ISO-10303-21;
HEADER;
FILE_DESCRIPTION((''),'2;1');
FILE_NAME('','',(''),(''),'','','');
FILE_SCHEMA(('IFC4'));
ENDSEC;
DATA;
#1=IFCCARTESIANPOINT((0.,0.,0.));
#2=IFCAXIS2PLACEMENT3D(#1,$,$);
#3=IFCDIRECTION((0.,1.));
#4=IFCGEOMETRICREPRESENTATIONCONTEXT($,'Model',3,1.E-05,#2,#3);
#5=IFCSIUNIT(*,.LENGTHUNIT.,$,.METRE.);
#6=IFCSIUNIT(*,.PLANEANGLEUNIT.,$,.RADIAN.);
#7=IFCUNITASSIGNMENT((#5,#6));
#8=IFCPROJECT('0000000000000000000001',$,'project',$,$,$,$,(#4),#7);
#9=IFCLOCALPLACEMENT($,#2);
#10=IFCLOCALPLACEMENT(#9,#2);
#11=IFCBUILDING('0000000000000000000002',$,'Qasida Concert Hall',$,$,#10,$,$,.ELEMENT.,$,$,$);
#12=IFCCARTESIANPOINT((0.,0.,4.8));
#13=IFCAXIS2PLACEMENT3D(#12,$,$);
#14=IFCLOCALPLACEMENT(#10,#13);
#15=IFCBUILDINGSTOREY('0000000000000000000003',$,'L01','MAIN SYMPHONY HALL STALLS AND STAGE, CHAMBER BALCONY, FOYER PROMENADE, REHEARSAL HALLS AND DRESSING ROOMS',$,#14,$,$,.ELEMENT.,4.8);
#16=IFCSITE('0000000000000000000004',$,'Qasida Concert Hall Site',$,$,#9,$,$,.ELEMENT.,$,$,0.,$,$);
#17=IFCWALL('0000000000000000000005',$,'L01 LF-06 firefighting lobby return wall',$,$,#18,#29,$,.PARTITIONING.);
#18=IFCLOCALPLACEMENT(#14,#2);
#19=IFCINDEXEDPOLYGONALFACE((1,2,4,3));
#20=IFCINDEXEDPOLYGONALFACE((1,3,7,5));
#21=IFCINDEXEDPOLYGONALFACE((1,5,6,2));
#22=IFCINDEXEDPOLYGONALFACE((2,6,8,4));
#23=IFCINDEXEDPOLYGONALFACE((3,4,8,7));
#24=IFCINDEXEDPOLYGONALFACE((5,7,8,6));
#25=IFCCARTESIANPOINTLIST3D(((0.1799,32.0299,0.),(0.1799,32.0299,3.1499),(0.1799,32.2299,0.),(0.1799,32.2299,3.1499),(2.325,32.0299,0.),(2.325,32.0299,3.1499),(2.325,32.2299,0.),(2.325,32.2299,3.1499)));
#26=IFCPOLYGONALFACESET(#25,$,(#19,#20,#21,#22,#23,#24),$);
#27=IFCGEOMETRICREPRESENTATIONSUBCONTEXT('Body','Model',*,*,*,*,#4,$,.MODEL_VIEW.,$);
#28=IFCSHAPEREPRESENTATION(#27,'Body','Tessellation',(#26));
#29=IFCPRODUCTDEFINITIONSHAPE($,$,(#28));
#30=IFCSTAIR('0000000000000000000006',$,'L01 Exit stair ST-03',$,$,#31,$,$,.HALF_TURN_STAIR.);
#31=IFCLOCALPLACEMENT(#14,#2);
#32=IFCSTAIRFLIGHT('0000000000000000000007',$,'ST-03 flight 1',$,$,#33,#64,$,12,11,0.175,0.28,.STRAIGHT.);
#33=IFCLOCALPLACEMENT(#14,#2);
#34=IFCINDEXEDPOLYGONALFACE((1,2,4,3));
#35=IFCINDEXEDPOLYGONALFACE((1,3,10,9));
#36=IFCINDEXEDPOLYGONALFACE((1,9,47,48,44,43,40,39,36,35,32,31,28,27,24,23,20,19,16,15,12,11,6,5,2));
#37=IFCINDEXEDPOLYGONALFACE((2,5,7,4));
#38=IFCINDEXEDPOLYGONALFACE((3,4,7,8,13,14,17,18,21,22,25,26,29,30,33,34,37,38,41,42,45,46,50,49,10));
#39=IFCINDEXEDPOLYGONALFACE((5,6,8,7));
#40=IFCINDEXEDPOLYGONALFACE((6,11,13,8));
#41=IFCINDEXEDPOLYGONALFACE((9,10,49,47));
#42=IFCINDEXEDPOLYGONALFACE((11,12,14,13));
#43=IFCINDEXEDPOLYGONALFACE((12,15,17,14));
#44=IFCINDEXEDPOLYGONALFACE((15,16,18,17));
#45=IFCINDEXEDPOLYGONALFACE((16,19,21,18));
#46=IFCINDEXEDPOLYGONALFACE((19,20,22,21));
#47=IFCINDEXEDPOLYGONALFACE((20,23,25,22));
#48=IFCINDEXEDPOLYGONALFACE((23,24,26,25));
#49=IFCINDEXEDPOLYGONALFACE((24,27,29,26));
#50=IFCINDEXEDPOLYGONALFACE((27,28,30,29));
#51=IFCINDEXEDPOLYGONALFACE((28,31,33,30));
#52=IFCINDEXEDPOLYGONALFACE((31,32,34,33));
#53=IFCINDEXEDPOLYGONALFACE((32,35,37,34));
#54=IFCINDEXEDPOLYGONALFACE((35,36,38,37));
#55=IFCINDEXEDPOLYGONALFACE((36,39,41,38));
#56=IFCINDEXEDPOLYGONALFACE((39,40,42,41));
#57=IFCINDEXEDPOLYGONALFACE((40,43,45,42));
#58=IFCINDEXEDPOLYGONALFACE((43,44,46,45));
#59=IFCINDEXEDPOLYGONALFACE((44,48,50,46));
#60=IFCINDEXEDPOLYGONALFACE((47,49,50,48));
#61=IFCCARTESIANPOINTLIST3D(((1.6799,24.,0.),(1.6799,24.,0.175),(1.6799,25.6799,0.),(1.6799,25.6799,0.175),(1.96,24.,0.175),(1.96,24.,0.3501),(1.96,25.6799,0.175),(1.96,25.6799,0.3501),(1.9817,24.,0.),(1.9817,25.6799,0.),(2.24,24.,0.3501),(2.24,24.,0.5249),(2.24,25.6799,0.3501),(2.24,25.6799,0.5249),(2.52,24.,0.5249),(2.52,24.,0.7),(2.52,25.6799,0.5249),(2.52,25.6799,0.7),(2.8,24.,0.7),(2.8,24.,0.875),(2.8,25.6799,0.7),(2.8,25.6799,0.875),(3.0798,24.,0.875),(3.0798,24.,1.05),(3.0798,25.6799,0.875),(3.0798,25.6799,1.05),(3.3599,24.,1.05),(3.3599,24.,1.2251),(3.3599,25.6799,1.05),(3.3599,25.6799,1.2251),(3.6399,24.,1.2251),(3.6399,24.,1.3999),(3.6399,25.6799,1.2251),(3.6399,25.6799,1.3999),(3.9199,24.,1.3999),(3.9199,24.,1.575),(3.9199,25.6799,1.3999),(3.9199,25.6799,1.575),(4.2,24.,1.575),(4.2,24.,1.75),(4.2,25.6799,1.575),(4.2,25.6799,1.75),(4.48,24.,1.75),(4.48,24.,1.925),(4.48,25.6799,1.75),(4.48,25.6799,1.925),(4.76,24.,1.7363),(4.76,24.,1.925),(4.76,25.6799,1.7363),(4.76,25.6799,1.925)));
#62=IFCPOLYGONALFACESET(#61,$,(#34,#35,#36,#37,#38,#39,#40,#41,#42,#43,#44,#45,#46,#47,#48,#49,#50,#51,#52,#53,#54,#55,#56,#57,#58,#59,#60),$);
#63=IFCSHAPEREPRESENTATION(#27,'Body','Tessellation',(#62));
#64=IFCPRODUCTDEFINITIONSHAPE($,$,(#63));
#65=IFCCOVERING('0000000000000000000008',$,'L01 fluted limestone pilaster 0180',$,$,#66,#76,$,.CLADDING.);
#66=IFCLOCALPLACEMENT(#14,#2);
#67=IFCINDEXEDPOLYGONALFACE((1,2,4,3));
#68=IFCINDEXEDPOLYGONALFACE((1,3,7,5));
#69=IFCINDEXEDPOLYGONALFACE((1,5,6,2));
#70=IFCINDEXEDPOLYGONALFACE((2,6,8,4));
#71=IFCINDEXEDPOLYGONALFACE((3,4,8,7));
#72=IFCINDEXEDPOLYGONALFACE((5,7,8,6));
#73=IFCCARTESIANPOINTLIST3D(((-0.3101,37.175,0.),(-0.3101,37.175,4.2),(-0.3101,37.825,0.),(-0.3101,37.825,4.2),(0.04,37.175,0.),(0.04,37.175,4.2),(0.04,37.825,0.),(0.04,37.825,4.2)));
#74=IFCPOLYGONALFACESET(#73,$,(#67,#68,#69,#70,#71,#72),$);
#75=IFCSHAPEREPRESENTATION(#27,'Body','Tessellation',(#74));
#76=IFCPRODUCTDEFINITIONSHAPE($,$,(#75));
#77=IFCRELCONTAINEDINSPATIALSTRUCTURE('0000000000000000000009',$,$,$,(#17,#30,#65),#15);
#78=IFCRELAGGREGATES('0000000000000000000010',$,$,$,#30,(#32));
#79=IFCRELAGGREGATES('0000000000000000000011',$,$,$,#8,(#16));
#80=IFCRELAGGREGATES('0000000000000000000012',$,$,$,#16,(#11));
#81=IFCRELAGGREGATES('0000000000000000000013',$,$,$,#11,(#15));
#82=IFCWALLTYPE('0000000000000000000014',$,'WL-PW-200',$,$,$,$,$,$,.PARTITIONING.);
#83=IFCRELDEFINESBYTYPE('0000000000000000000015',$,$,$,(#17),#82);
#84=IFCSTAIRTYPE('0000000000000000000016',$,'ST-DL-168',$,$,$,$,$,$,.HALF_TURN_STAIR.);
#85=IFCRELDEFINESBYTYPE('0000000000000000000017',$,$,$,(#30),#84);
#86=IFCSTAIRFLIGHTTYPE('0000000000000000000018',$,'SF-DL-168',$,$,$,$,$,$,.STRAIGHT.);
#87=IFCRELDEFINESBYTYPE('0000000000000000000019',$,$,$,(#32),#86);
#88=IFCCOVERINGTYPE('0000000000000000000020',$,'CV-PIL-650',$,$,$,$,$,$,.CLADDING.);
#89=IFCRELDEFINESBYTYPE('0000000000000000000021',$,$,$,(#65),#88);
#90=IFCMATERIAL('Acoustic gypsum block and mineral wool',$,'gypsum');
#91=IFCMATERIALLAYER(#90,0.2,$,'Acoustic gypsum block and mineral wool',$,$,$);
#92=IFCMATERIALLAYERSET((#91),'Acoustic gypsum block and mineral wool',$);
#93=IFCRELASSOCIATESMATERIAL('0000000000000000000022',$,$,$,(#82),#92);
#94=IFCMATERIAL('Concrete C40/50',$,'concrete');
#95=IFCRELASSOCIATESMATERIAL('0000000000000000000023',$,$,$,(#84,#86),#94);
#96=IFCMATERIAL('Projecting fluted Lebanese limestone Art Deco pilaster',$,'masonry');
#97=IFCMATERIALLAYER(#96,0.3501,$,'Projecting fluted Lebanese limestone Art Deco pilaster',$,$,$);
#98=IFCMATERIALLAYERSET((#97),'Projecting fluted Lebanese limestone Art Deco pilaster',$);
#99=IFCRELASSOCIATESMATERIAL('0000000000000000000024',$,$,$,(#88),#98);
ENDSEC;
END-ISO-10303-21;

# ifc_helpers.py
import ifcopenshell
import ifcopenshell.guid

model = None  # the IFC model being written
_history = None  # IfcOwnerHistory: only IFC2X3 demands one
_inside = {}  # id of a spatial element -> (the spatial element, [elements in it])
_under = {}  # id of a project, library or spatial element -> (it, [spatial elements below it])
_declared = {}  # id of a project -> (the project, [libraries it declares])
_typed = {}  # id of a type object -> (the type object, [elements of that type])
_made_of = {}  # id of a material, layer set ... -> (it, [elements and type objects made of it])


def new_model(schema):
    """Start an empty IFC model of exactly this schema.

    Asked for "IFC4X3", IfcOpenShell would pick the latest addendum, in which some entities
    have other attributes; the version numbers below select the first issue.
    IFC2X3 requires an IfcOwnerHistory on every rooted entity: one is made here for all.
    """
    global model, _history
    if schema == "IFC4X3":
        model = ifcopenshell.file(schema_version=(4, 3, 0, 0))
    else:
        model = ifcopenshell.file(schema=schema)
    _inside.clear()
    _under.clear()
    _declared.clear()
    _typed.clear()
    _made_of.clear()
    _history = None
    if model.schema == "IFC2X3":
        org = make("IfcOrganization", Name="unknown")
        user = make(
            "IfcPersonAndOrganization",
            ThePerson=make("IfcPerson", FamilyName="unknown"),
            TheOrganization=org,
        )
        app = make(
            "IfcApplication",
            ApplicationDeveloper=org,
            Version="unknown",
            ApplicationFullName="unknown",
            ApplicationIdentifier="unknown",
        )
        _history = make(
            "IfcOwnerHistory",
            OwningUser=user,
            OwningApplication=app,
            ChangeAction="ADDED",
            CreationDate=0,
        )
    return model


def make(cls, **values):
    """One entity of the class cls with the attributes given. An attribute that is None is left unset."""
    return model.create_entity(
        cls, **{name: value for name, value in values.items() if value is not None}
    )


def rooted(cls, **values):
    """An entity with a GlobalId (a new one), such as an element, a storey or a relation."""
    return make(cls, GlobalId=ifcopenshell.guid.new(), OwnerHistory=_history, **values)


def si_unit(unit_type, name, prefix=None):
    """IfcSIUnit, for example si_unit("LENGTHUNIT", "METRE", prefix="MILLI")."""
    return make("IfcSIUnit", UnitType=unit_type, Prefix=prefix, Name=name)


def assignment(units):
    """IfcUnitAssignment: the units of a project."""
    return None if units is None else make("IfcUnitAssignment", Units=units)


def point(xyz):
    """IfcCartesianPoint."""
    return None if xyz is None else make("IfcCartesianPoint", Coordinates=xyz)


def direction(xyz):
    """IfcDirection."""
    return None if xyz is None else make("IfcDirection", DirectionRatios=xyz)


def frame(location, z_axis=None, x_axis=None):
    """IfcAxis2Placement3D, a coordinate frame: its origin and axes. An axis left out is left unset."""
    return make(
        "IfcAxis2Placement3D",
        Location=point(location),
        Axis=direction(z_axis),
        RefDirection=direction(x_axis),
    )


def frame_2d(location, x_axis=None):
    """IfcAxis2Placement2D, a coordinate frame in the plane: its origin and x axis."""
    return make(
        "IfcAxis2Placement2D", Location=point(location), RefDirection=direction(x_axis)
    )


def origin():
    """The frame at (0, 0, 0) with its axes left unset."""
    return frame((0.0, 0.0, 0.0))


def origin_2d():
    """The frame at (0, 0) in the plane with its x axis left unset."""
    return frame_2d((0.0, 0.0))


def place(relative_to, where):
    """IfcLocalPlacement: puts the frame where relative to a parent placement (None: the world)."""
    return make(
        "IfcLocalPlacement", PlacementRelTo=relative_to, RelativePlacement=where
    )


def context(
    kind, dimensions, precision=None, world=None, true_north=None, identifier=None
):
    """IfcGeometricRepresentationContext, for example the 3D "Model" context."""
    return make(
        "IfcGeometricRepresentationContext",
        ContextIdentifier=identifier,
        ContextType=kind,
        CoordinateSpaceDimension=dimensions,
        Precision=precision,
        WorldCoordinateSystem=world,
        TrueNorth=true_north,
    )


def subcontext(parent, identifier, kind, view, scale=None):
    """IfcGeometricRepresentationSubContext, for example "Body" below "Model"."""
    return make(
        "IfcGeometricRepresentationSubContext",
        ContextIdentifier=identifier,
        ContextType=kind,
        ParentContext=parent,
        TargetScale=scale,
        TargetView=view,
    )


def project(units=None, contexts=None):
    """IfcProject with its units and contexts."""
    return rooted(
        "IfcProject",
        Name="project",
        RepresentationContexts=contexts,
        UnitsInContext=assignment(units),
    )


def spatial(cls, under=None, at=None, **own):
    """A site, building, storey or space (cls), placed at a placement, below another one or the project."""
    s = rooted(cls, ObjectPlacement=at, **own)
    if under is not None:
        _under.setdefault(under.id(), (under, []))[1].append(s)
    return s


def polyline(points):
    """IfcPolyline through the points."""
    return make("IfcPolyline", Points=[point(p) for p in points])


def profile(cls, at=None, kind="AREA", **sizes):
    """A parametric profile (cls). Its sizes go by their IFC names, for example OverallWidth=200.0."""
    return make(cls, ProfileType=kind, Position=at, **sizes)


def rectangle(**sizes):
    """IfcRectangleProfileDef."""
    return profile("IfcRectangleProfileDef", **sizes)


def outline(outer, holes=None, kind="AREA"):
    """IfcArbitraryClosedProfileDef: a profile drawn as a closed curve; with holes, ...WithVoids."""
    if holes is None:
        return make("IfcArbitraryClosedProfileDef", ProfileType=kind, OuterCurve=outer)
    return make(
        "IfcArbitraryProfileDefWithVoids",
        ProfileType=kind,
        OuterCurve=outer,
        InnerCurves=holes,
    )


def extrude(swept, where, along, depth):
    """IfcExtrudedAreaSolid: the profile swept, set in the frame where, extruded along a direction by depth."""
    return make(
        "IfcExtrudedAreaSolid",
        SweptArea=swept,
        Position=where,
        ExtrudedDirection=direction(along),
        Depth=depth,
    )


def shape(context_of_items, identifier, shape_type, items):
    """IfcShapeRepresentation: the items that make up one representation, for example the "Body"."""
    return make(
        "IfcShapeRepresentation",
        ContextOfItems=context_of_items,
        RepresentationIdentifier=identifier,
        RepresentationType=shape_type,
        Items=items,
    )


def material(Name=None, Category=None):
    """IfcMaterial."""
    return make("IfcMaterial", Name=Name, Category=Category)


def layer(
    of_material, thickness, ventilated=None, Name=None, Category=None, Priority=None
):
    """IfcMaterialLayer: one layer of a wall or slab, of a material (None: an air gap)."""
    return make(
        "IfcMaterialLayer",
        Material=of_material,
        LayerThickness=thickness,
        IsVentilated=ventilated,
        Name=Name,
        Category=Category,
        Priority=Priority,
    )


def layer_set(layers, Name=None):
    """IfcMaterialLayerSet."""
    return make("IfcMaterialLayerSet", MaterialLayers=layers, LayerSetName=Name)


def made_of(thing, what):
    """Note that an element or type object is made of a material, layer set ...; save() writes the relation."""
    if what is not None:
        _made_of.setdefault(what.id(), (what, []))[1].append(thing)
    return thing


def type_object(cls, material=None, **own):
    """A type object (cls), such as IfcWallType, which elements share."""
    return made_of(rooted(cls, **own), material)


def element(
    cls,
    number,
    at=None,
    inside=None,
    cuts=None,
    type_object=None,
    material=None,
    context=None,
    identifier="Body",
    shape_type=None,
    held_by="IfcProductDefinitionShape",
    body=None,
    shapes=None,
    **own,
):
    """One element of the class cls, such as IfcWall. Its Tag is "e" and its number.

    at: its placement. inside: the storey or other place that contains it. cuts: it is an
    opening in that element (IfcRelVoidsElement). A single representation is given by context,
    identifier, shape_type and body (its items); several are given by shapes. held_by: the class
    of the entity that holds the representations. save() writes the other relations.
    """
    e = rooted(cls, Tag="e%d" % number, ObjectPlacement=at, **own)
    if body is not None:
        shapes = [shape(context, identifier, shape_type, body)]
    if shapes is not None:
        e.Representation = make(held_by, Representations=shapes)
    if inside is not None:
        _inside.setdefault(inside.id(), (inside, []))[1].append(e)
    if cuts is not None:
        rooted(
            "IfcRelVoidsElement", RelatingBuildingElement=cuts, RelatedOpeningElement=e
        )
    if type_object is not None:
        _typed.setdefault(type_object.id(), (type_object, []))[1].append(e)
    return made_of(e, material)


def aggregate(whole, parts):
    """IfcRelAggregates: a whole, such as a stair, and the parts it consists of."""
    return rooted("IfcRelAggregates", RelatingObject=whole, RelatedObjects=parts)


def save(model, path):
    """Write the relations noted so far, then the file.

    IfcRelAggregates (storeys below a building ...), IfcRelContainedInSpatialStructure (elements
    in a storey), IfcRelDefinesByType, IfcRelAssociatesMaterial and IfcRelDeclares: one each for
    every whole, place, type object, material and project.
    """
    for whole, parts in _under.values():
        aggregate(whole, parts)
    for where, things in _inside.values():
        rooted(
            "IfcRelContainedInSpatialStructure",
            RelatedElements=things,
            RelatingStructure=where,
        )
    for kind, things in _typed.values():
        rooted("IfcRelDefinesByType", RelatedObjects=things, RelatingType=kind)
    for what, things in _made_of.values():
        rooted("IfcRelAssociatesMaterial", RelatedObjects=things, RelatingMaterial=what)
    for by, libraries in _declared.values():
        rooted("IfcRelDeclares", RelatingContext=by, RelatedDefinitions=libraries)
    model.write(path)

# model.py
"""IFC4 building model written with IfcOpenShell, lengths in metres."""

from ifc_helpers import new_model, si_unit, direction, frame, frame_2d, origin, origin_2d, place, context, subcontext, project, spatial, polyline, rectangle, outline, extrude, material, layer, layer_set, type_object, element, aggregate, save


model = new_model("IFC4")

# Units and contexts
model_context = context("Model", 3, precision=1e-05, world=origin(), true_north=direction((0.0, 1.0)))
body_context = subcontext(model_context, "Body", "Model", "MODEL_VIEW")
ifc_project = project(units=[si_unit("LENGTHUNIT", "METRE"), si_unit("PLANEANGLEUNIT", "RADIAN")], contexts=[model_context])

# Site, building, storey
site_placement = place(None, origin())
site = spatial("IfcSite", under=ifc_project, at=site_placement, Name="Qasida Concert Hall Site", CompositionType="ELEMENT", RefElevation=0.0)
building_placement = place(site_placement, origin())
building = spatial("IfcBuilding", under=site, at=building_placement, Name="Qasida Concert Hall", CompositionType="ELEMENT")
storey_placement = place(building_placement, frame((0.0, 0.0, 4.8)))
storey = spatial("IfcBuildingStorey", under=building, at=storey_placement, Name="L01", Description="MAIN SYMPHONY HALL STALLS AND STAGE, CHAMBER BALCONY, FOYER PROMENADE, REHEARSAL HALLS AND DRESSING ROOMS", CompositionType="ELEMENT", Elevation=4.8)

# Shared definitions
ifc_material_1 = material(Name="Concrete C40/50", Category="concrete")

# Wall
ifc_material_2 = material(Name="Acoustic gypsum block and mineral wool", Category="gypsum")
ifc_layer_1 = layer(ifc_material_2, 0.2, Name="Acoustic gypsum block and mineral wool")
ifc_layer_set_1 = layer_set([ifc_layer_1], Name="Acoustic gypsum block and mineral wool")
wall_type_1 = type_object("IfcWallType", Name="WL-PW-200", PredefinedType="PARTITIONING", material=ifc_layer_set_1)
wall_1_placement = place(storey_placement, frame((0.1799, 32.1299, 0.0), z_axis=(0.0, 0.0, 1.0), x_axis=(1.0, 0.0, 0.0)))
element("IfcWall", 1, at=wall_1_placement, inside=storey, type_object=wall_type_1, Name="L01 LF-06 firefighting lobby return wall", PredefinedType="PARTITIONING", context=body_context, shape_type="SweptSolid", body=[
    extrude(rectangle(XDim=2.145, YDim=0.2, at=frame_2d((1.0725, 0.0))), origin(), (0.0, 0.0, 1.0), 3.1499),
])

# Stair, stair flight
stair_type = type_object("IfcStairType", Name="ST-DL-168", PredefinedType="HALF_TURN_STAIR", material=ifc_material_1)
stair_placement = place(storey_placement, origin())
stair = element("IfcStair", 2, at=stair_placement, inside=storey, type_object=stair_type, Name="L01 Exit stair ST-03", PredefinedType="HALF_TURN_STAIR")
stair_flight_type = type_object("IfcStairFlightType", Name="SF-DL-168", PredefinedType="STRAIGHT", material=ifc_material_1)
stair_flight_placement = place(storey_placement, frame((1.6799, 24.8401, 0.0), z_axis=(0.0, 0.0, 1.0), x_axis=(1.0, 0.0, 0.0)))
stair_flight = element("IfcStairFlight", 3, at=stair_flight_placement, type_object=stair_flight_type, Name="ST-03 flight 1", NumberOfRisers=12, NumberOfTreads=11, PredefinedType="STRAIGHT", RiserHeight=0.175, TreadLength=0.28, context=body_context, shape_type="SweptSolid", body=[
    extrude(outline(polyline([(0.0, 0.0), (0.0, 0.175), (0.28, 0.175), (0.28, 0.3501), (0.5601, 0.3501), (0.5601, 0.5249), (0.8401, 0.5249), (0.8401, 0.7), (1.1201, 0.7), (1.1201, 0.875), (1.3999, 0.875), (1.3999, 1.05), (1.6799, 1.05), (1.6799, 1.2251), (1.96, 1.2251), (1.96, 1.3999), (2.24, 1.3999), (2.24, 1.575), (2.52, 1.575), (2.52, 1.75), (2.8, 1.75), (2.8, 1.925), (3.0801, 1.925), (3.0801, 2.1001), (3.0801, 1.7363), (0.3018, 0.0), (0.0, 0.0)])), frame((0.0, 0.8398, 0.0), z_axis=(0.0, -1.0, 0.0), x_axis=(1.0, 0.0, 0.0)), (0.0, 0.0, 1.0), 1.6799),
])
aggregate(stair, [stair_flight])

# Covering
ifc_material_3 = material(Name="Projecting fluted Lebanese limestone Art Deco pilaster", Category="masonry")
ifc_layer_2 = layer(ifc_material_3, 0.3501, Name="Projecting fluted Lebanese limestone Art Deco pilaster")
ifc_layer_set_2 = layer_set([ifc_layer_2], Name="Projecting fluted Lebanese limestone Art Deco pilaster")
covering_type = type_object("IfcCoveringType", Name="CV-PIL-650", PredefinedType="CLADDING", material=ifc_layer_set_2)
covering_placement = place(storey_placement, frame((-0.135, 37.5, 0.0), z_axis=(0.0, 0.0, 1.0), x_axis=(1.0, 0.0, 0.0)))
element("IfcCovering", 4, at=covering_placement, inside=storey, type_object=covering_type, Name="L01 fluted limestone pilaster 0180", PredefinedType="CLADDING", context=body_context, shape_type="SweptSolid", body=[
    extrude(rectangle(XDim=0.3501, YDim=0.6499, at=origin_2d()), origin(), (0.0, 0.0, 1.0), 4.2),
])

save(model, "model.ifc")
